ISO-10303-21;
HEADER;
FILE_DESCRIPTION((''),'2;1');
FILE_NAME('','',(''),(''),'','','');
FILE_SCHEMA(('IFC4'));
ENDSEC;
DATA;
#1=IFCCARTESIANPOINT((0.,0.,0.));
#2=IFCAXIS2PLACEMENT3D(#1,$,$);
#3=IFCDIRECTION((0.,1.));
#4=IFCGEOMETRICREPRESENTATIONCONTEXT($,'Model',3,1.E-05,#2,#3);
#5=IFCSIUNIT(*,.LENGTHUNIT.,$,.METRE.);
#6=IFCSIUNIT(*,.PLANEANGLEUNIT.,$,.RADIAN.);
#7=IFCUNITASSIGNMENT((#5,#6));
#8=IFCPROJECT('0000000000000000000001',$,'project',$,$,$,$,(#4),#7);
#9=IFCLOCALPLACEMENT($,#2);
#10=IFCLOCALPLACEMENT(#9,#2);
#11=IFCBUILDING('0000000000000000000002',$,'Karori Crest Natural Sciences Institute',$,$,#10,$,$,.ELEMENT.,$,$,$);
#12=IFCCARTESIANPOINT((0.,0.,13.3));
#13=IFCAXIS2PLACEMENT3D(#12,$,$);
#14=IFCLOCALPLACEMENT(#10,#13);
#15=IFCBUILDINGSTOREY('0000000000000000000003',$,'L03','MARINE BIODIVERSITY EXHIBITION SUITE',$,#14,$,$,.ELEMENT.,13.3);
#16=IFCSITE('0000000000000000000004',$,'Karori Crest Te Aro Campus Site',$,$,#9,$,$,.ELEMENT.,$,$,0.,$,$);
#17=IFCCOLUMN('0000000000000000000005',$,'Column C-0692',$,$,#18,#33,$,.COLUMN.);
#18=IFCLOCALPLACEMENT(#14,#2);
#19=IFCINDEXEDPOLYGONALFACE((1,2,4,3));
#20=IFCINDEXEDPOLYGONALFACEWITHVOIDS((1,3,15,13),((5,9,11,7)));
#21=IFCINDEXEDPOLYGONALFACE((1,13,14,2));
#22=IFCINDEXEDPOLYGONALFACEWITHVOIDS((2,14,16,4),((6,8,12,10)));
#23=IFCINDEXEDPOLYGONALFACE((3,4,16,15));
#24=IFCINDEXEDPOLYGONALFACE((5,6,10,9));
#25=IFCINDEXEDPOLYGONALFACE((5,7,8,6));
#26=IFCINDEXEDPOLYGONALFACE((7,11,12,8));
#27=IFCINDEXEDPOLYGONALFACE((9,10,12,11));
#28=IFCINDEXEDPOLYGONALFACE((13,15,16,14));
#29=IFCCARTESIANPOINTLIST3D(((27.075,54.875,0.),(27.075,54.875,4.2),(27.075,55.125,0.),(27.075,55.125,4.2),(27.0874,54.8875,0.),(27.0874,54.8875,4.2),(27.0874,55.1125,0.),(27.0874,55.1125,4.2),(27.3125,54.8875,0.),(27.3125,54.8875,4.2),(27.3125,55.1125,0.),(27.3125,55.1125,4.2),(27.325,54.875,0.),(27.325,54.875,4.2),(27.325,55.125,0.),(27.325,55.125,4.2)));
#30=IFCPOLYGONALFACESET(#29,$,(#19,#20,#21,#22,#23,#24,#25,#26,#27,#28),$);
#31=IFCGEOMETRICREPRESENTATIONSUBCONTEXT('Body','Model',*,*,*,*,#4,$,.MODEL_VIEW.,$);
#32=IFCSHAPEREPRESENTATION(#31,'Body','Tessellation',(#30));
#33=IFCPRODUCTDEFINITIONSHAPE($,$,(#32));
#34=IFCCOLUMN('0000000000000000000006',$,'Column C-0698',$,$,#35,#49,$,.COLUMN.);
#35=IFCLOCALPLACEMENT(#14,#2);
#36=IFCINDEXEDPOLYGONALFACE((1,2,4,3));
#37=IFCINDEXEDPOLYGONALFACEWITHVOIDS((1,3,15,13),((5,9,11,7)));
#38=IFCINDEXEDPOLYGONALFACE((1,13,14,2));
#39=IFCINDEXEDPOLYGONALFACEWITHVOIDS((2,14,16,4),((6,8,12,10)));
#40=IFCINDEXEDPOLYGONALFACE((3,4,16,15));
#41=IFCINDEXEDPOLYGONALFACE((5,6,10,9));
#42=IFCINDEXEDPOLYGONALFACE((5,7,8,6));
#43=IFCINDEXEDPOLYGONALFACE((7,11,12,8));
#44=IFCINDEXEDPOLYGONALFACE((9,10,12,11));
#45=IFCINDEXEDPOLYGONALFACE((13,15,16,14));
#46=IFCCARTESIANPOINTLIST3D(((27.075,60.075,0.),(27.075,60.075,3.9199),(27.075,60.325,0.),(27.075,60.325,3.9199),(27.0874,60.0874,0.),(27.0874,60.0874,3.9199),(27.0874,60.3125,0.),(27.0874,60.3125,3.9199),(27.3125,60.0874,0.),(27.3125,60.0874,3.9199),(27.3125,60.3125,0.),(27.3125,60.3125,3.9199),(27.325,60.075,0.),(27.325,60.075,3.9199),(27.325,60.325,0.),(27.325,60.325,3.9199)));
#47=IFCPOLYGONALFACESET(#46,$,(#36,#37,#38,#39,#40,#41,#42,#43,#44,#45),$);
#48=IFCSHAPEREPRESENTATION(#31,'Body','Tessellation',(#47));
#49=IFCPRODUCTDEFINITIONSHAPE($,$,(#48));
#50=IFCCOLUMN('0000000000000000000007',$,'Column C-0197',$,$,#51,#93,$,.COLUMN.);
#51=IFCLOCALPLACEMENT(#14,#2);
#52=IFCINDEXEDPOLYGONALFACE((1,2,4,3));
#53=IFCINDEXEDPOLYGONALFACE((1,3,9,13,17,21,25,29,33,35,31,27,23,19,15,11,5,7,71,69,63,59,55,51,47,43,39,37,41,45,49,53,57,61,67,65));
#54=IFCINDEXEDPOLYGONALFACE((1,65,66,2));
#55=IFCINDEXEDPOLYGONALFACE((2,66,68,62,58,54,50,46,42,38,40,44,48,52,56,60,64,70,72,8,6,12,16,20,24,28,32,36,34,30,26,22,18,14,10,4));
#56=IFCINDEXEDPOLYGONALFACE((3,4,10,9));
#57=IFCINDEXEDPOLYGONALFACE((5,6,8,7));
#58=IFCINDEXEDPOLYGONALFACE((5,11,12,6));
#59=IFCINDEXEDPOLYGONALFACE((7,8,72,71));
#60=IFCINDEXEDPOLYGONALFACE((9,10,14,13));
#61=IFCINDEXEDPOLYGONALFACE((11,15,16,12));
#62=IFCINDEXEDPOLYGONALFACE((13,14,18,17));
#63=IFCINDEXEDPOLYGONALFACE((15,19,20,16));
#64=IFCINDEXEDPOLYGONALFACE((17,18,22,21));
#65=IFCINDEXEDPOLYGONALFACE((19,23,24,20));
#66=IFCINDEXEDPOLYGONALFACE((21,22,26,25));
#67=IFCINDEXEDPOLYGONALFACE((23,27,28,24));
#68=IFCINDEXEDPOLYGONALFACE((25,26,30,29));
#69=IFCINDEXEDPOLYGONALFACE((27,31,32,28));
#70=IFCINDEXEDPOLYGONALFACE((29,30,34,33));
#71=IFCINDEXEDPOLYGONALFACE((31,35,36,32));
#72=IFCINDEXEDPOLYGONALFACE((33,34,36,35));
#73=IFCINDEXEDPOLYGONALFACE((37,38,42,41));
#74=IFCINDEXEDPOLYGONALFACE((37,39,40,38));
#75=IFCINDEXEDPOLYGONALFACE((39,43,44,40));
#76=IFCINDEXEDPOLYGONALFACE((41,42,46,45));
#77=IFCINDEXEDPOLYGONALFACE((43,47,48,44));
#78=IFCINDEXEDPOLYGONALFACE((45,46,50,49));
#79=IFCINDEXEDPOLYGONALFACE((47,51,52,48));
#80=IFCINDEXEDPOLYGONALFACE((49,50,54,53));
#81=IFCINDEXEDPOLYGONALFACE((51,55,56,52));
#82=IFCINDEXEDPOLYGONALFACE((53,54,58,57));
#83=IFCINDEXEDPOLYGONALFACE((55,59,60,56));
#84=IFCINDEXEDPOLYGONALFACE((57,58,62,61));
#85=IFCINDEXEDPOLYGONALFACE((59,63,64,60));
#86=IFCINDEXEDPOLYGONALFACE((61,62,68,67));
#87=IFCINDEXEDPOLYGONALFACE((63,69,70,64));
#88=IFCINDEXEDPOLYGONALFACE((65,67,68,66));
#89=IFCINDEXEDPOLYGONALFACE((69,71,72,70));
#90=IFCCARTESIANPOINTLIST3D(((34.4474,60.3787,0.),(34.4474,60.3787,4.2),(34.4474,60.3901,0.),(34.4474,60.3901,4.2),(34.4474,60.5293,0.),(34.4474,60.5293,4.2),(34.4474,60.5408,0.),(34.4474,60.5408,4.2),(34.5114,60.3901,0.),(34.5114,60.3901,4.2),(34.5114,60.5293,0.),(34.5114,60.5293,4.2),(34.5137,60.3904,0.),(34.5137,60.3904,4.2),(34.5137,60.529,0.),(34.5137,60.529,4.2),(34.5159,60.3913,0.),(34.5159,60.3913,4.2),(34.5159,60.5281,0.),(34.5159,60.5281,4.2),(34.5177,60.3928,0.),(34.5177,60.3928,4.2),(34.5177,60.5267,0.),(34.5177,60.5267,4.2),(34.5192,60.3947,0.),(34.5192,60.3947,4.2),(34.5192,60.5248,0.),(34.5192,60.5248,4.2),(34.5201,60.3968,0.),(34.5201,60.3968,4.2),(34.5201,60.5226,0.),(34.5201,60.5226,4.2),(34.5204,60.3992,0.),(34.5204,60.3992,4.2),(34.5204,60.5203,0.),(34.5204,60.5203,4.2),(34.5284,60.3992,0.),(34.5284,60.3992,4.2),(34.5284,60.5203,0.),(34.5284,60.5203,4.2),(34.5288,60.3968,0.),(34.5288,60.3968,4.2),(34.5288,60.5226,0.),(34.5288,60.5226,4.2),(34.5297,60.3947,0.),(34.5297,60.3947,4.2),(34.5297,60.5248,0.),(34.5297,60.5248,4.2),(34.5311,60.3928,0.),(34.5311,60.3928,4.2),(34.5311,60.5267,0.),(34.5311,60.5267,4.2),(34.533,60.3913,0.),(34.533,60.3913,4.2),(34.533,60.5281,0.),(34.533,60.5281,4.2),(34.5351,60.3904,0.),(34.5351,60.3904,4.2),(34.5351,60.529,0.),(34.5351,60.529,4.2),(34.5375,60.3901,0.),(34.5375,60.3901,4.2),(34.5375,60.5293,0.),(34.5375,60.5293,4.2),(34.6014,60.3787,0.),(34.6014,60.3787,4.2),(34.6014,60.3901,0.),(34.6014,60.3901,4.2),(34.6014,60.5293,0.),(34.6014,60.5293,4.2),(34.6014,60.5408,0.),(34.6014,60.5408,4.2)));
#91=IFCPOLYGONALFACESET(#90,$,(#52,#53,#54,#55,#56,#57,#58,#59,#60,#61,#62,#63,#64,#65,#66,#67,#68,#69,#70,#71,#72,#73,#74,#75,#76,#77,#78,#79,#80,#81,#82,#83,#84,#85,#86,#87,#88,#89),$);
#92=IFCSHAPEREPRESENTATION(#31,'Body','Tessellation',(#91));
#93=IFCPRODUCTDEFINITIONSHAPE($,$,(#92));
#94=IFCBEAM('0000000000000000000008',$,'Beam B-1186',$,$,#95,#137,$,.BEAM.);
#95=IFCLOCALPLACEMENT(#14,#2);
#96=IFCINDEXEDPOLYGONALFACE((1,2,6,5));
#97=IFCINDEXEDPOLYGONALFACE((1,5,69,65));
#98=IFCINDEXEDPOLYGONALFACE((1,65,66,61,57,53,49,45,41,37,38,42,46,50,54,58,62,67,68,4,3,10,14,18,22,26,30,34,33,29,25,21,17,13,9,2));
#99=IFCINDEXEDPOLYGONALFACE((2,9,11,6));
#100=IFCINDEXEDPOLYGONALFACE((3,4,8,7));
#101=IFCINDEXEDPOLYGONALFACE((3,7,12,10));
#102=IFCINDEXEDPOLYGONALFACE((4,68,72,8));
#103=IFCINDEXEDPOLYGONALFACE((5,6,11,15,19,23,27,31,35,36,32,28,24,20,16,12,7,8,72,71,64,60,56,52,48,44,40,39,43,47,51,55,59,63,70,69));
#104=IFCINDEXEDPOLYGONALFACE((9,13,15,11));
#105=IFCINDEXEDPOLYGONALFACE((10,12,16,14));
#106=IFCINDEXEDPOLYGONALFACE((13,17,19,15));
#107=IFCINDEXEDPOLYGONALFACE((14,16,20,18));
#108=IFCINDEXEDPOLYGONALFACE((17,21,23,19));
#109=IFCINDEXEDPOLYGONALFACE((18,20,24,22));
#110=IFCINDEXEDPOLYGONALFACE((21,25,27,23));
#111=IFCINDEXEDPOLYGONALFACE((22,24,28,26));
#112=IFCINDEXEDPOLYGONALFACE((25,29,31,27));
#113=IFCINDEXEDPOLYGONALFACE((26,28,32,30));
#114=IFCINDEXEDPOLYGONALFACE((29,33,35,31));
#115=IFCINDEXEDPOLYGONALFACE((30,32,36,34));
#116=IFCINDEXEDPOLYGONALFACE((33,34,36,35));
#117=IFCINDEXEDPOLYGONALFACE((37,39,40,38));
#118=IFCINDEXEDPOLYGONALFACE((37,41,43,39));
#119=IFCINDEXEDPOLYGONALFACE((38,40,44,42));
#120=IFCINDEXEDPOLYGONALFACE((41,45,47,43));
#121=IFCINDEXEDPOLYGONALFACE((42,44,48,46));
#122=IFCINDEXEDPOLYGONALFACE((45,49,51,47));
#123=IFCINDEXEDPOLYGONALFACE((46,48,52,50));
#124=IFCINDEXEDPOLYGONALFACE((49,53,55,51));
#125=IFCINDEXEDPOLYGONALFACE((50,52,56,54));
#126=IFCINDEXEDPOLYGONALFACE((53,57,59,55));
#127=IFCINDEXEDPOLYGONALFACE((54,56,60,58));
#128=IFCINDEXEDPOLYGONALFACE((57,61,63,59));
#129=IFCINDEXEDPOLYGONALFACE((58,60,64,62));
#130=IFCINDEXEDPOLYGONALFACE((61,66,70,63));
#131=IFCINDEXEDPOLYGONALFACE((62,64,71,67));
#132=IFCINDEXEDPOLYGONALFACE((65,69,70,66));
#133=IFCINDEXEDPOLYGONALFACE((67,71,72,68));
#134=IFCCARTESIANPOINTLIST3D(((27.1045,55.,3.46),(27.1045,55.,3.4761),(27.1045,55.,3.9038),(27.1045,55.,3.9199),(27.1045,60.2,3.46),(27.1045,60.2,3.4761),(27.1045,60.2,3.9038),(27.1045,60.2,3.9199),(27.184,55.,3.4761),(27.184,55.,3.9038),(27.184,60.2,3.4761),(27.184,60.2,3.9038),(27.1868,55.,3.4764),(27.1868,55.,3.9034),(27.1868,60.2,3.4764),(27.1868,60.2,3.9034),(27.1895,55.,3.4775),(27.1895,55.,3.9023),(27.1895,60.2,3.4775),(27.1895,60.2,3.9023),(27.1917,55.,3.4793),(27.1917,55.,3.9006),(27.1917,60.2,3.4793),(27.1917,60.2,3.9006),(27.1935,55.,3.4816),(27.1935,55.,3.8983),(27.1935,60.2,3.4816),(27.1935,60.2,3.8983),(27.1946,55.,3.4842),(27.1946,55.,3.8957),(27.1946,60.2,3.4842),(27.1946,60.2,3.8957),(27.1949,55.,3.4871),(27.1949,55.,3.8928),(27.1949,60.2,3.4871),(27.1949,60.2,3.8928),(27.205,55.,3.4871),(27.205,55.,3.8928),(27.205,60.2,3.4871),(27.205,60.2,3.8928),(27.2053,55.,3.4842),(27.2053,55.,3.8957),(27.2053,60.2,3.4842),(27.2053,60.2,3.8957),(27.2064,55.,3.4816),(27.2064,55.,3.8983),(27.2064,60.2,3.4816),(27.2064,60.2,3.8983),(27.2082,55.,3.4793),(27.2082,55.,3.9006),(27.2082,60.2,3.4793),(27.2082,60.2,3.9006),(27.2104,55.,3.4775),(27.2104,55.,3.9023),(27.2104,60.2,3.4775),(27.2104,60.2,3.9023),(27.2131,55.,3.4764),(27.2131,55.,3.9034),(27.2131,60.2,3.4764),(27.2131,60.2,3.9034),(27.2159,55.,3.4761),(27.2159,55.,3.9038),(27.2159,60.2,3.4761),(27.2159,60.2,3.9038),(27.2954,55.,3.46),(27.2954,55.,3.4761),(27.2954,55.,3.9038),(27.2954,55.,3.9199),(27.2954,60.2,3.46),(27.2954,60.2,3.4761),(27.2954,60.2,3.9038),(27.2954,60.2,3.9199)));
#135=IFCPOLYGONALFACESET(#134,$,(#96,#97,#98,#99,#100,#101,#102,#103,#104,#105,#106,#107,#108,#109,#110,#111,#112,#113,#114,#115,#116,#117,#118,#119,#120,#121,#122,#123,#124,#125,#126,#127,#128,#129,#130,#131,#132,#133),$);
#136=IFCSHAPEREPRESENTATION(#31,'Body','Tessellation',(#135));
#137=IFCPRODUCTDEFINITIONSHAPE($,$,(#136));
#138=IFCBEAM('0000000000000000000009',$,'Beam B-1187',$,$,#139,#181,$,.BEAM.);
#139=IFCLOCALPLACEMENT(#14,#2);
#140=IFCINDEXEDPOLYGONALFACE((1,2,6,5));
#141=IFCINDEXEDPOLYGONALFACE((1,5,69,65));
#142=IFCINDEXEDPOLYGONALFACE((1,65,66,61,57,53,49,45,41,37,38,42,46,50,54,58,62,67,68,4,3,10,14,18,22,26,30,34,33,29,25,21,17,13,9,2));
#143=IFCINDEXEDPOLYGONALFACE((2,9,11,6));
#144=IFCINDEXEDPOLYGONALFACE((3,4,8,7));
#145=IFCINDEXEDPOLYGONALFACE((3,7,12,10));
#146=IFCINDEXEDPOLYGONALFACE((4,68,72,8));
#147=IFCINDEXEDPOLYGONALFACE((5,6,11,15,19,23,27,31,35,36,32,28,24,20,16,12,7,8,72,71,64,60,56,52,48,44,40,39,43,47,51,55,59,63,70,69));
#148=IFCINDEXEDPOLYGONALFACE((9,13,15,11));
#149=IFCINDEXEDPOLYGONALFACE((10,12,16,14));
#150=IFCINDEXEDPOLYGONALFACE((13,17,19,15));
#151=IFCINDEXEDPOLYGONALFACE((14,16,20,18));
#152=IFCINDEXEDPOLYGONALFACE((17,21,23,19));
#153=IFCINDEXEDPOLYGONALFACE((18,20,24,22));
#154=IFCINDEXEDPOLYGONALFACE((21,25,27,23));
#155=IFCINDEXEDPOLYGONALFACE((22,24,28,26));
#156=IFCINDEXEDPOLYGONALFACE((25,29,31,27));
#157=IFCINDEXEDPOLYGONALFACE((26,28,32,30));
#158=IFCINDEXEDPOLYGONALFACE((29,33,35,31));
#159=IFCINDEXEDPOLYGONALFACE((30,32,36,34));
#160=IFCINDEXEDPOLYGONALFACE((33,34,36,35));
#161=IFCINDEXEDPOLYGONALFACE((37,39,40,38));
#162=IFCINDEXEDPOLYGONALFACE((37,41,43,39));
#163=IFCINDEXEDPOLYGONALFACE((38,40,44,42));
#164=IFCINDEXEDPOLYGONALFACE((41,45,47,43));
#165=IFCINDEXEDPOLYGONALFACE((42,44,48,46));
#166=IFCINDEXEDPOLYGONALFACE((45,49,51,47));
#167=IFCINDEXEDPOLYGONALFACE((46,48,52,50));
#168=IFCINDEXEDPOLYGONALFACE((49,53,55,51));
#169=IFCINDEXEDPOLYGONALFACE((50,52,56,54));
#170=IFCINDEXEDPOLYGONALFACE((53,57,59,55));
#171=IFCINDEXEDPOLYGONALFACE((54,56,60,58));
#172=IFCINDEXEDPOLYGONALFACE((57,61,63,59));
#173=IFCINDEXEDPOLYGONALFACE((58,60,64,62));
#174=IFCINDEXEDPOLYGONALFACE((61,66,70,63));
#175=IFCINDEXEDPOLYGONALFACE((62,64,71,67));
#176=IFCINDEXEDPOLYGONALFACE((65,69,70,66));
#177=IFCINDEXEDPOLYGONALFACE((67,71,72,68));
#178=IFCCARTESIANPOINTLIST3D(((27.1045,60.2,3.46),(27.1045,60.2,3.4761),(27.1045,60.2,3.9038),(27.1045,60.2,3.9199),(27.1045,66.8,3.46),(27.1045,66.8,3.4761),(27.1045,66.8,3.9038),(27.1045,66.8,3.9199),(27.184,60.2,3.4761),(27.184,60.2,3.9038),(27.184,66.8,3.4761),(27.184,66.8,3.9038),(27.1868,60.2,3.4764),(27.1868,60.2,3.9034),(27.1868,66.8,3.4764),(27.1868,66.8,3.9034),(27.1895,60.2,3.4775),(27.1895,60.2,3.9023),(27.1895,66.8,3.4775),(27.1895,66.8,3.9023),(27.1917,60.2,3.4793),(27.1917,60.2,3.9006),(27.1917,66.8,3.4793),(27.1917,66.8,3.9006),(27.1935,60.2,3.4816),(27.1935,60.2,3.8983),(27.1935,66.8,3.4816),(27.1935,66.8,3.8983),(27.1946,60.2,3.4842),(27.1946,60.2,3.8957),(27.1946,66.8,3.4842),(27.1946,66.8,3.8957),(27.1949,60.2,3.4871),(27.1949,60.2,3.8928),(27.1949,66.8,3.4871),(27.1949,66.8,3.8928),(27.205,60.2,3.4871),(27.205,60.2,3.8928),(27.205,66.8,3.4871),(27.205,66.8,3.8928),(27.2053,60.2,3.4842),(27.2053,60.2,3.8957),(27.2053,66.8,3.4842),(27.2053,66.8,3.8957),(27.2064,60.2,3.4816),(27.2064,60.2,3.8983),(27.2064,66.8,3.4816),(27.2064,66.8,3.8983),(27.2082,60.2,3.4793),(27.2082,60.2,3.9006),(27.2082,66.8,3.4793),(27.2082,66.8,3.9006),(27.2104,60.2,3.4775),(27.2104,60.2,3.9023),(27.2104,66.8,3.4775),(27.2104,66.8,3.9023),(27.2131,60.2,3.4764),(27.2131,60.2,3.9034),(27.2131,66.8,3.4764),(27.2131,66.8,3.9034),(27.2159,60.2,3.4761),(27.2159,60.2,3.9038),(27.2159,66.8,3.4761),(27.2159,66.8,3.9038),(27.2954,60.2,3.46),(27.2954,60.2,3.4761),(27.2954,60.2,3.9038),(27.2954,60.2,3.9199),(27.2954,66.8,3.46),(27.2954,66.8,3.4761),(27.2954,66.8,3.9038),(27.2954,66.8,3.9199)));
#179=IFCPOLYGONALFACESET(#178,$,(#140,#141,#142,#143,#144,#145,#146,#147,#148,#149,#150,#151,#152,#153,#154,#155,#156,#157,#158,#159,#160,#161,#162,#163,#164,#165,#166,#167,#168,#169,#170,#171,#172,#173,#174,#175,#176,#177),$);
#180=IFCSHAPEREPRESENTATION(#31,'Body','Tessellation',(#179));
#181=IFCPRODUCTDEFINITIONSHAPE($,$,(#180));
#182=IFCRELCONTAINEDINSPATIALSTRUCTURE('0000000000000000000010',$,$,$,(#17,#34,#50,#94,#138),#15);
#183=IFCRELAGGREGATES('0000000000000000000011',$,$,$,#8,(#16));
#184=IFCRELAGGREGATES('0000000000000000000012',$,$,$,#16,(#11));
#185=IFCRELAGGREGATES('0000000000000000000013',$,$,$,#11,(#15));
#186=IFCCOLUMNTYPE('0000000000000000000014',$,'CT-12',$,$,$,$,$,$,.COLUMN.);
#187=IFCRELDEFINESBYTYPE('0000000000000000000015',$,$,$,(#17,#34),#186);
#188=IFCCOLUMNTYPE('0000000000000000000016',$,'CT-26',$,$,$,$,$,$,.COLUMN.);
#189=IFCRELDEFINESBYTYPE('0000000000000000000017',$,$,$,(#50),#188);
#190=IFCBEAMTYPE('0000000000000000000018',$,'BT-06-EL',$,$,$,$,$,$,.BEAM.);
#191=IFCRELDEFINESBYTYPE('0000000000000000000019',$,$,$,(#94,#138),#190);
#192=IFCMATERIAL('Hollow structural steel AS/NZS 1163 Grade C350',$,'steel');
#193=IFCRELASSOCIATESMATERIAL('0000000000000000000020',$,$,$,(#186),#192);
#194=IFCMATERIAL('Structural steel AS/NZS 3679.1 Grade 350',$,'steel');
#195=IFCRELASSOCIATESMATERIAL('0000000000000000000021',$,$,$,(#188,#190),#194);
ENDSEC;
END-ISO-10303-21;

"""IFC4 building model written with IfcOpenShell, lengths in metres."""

from ifc_helpers import new_model, si_unit, direction, frame, origin, origin_2d, place, context, subcontext, project, spatial, hollow_rectangle, i_section, extrude, material, material_profile, profile_set, type_object, element, save


model = new_model("IFC4")

# Units and contexts
model_context = context("Model", 3, precision=1e-05, world=origin(), true_north=direction((0.0, 1.0)))
body_context = subcontext(model_context, "Body", "Model", "MODEL_VIEW")
ifc_project = project(units=[si_unit("LENGTHUNIT", "METRE"), si_unit("PLANEANGLEUNIT", "RADIAN")], contexts=[model_context])

# Site, building, storey
site_placement = place(None, origin())
site = spatial("IfcSite", under=ifc_project, at=site_placement, Name="Karori Crest Te Aro Campus Site", CompositionType="ELEMENT", RefElevation=0.0)
building_placement = place(site_placement, origin())
building = spatial("IfcBuilding", under=site, at=building_placement, Name="Karori Crest Natural Sciences Institute", CompositionType="ELEMENT")
storey_placement = place(building_placement, frame((0.0, 0.0, 13.3)))
storey = spatial("IfcBuildingStorey", under=building, at=storey_placement, Name="L03", Description="MARINE BIODIVERSITY EXHIBITION SUITE", CompositionType="ELEMENT", Elevation=13.3)

# Columns
ifc_material_1 = material(Name="Hollow structural steel AS/NZS 1163 Grade C350", Category="steel")
ifc_material_profile_1 = material_profile(ifc_material_1, hollow_rectangle(XDim=0.25, YDim=0.25, WallThickness=0.0125, at=origin_2d()), Name="SHS250x250x12.5")
ifc_profile_set_1 = profile_set([ifc_material_profile_1], Name="Hollow structural steel AS/NZS 1163 Grade C350")
column_type_1 = type_object("IfcColumnType", Name="CT-12", PredefinedType="COLUMN", material=ifc_profile_set_1)
column_1_placement = place(storey_placement, frame((27.2, 55.0, 0.0), z_axis=(0.0, 0.0, 1.0), x_axis=(1.0, 0.0, 0.0)))
element("IfcColumn", 1, at=column_1_placement, inside=storey, type_object=column_type_1, Name="Column C-0692", PredefinedType="COLUMN", context=body_context, shape_type="SweptSolid", body=[
    extrude(hollow_rectangle(XDim=0.25, YDim=0.25, WallThickness=0.0125, at=origin_2d()), origin(), (0.0, 0.0, 1.0), 4.2),
])
column_2_placement = place(storey_placement, frame((27.2, 60.2, 0.0), z_axis=(0.0, 0.0, 1.0), x_axis=(1.0, 0.0, 0.0)))
element("IfcColumn", 2, at=column_2_placement, inside=storey, type_object=column_type_1, Name="Column C-0698", PredefinedType="COLUMN", context=body_context, shape_type="SweptSolid", body=[
    extrude(hollow_rectangle(XDim=0.25, YDim=0.25, WallThickness=0.0125, at=origin_2d()), origin(), (0.0, 0.0, 1.0), 3.9199),
])
ifc_material_2 = material(Name="Structural steel AS/NZS 3679.1 Grade 350", Category="steel")
ifc_material_profile_2 = material_profile(ifc_material_2, i_section(OverallWidth=0.1541, OverallDepth=0.1621, WebThickness=0.0081, FlangeThickness=0.0115, FilletRadius=0.009, at=origin_2d()), Name="150UC37.2")
ifc_profile_set_2 = profile_set([ifc_material_profile_2], Name="Structural steel AS/NZS 3679.1 Grade 350")
column_type_2 = type_object("IfcColumnType", Name="CT-26", PredefinedType="COLUMN", material=ifc_profile_set_2)
column_3_placement = place(storey_placement, frame((34.5244, 60.4597, 0.0), z_axis=(0.0, 0.0, 1.0), x_axis=(1.0, 0.0, 0.0)))
element("IfcColumn", 3, at=column_3_placement, inside=storey, type_object=column_type_2, Name="Column C-0197", PredefinedType="COLUMN", context=body_context, shape_type="SweptSolid", body=[
    extrude(i_section(OverallWidth=0.1541, OverallDepth=0.1621, WebThickness=0.0081, FlangeThickness=0.0115, FilletRadius=0.009, at=origin_2d()), origin(), (0.0, 0.0, 1.0), 4.2),
])

# Beams
ifc_material_profile_3 = material_profile(ifc_material_2, i_section(OverallWidth=0.1909, OverallDepth=0.46, WebThickness=0.01, FlangeThickness=0.0161, FilletRadius=0.011, at=origin_2d()), Name="460UB82.1")
ifc_profile_set_3 = profile_set([ifc_material_profile_3], Name="Structural steel AS/NZS 3679.1 Grade 350")
beam_type_1 = type_object("IfcBeamType", Name="BT-06-EL", PredefinedType="BEAM", material=ifc_profile_set_3)
beam_1_placement = place(storey_placement, frame((27.2, 55.0, 3.6899), z_axis=(0.0, 1.0, 0.0), x_axis=(-1.0, 0.0, 0.0)))
element("IfcBeam", 4, at=beam_1_placement, inside=storey, type_object=beam_type_1, Name="Beam B-1186", PredefinedType="BEAM", context=body_context, shape_type="SweptSolid", body=[
    extrude(i_section(OverallWidth=0.1909, OverallDepth=0.46, WebThickness=0.01, FlangeThickness=0.0161, FilletRadius=0.011, at=origin_2d()), origin(), (0.0, 0.0, 1.0), 5.2),
])
beam_2_placement = place(storey_placement, frame((27.2, 60.2, 3.6899), z_axis=(0.0, 1.0, 0.0), x_axis=(-1.0, 0.0, 0.0)))
element("IfcBeam", 5, at=beam_2_placement, inside=storey, type_object=beam_type_1, Name="Beam B-1187", PredefinedType="BEAM", context=body_context, shape_type="SweptSolid", body=[
    extrude(i_section(OverallWidth=0.1909, OverallDepth=0.46, WebThickness=0.01, FlangeThickness=0.0161, FilletRadius=0.011, at=origin_2d()), origin(), (0.0, 0.0, 1.0), 6.6001),
])

save(model, "model.ifc")
